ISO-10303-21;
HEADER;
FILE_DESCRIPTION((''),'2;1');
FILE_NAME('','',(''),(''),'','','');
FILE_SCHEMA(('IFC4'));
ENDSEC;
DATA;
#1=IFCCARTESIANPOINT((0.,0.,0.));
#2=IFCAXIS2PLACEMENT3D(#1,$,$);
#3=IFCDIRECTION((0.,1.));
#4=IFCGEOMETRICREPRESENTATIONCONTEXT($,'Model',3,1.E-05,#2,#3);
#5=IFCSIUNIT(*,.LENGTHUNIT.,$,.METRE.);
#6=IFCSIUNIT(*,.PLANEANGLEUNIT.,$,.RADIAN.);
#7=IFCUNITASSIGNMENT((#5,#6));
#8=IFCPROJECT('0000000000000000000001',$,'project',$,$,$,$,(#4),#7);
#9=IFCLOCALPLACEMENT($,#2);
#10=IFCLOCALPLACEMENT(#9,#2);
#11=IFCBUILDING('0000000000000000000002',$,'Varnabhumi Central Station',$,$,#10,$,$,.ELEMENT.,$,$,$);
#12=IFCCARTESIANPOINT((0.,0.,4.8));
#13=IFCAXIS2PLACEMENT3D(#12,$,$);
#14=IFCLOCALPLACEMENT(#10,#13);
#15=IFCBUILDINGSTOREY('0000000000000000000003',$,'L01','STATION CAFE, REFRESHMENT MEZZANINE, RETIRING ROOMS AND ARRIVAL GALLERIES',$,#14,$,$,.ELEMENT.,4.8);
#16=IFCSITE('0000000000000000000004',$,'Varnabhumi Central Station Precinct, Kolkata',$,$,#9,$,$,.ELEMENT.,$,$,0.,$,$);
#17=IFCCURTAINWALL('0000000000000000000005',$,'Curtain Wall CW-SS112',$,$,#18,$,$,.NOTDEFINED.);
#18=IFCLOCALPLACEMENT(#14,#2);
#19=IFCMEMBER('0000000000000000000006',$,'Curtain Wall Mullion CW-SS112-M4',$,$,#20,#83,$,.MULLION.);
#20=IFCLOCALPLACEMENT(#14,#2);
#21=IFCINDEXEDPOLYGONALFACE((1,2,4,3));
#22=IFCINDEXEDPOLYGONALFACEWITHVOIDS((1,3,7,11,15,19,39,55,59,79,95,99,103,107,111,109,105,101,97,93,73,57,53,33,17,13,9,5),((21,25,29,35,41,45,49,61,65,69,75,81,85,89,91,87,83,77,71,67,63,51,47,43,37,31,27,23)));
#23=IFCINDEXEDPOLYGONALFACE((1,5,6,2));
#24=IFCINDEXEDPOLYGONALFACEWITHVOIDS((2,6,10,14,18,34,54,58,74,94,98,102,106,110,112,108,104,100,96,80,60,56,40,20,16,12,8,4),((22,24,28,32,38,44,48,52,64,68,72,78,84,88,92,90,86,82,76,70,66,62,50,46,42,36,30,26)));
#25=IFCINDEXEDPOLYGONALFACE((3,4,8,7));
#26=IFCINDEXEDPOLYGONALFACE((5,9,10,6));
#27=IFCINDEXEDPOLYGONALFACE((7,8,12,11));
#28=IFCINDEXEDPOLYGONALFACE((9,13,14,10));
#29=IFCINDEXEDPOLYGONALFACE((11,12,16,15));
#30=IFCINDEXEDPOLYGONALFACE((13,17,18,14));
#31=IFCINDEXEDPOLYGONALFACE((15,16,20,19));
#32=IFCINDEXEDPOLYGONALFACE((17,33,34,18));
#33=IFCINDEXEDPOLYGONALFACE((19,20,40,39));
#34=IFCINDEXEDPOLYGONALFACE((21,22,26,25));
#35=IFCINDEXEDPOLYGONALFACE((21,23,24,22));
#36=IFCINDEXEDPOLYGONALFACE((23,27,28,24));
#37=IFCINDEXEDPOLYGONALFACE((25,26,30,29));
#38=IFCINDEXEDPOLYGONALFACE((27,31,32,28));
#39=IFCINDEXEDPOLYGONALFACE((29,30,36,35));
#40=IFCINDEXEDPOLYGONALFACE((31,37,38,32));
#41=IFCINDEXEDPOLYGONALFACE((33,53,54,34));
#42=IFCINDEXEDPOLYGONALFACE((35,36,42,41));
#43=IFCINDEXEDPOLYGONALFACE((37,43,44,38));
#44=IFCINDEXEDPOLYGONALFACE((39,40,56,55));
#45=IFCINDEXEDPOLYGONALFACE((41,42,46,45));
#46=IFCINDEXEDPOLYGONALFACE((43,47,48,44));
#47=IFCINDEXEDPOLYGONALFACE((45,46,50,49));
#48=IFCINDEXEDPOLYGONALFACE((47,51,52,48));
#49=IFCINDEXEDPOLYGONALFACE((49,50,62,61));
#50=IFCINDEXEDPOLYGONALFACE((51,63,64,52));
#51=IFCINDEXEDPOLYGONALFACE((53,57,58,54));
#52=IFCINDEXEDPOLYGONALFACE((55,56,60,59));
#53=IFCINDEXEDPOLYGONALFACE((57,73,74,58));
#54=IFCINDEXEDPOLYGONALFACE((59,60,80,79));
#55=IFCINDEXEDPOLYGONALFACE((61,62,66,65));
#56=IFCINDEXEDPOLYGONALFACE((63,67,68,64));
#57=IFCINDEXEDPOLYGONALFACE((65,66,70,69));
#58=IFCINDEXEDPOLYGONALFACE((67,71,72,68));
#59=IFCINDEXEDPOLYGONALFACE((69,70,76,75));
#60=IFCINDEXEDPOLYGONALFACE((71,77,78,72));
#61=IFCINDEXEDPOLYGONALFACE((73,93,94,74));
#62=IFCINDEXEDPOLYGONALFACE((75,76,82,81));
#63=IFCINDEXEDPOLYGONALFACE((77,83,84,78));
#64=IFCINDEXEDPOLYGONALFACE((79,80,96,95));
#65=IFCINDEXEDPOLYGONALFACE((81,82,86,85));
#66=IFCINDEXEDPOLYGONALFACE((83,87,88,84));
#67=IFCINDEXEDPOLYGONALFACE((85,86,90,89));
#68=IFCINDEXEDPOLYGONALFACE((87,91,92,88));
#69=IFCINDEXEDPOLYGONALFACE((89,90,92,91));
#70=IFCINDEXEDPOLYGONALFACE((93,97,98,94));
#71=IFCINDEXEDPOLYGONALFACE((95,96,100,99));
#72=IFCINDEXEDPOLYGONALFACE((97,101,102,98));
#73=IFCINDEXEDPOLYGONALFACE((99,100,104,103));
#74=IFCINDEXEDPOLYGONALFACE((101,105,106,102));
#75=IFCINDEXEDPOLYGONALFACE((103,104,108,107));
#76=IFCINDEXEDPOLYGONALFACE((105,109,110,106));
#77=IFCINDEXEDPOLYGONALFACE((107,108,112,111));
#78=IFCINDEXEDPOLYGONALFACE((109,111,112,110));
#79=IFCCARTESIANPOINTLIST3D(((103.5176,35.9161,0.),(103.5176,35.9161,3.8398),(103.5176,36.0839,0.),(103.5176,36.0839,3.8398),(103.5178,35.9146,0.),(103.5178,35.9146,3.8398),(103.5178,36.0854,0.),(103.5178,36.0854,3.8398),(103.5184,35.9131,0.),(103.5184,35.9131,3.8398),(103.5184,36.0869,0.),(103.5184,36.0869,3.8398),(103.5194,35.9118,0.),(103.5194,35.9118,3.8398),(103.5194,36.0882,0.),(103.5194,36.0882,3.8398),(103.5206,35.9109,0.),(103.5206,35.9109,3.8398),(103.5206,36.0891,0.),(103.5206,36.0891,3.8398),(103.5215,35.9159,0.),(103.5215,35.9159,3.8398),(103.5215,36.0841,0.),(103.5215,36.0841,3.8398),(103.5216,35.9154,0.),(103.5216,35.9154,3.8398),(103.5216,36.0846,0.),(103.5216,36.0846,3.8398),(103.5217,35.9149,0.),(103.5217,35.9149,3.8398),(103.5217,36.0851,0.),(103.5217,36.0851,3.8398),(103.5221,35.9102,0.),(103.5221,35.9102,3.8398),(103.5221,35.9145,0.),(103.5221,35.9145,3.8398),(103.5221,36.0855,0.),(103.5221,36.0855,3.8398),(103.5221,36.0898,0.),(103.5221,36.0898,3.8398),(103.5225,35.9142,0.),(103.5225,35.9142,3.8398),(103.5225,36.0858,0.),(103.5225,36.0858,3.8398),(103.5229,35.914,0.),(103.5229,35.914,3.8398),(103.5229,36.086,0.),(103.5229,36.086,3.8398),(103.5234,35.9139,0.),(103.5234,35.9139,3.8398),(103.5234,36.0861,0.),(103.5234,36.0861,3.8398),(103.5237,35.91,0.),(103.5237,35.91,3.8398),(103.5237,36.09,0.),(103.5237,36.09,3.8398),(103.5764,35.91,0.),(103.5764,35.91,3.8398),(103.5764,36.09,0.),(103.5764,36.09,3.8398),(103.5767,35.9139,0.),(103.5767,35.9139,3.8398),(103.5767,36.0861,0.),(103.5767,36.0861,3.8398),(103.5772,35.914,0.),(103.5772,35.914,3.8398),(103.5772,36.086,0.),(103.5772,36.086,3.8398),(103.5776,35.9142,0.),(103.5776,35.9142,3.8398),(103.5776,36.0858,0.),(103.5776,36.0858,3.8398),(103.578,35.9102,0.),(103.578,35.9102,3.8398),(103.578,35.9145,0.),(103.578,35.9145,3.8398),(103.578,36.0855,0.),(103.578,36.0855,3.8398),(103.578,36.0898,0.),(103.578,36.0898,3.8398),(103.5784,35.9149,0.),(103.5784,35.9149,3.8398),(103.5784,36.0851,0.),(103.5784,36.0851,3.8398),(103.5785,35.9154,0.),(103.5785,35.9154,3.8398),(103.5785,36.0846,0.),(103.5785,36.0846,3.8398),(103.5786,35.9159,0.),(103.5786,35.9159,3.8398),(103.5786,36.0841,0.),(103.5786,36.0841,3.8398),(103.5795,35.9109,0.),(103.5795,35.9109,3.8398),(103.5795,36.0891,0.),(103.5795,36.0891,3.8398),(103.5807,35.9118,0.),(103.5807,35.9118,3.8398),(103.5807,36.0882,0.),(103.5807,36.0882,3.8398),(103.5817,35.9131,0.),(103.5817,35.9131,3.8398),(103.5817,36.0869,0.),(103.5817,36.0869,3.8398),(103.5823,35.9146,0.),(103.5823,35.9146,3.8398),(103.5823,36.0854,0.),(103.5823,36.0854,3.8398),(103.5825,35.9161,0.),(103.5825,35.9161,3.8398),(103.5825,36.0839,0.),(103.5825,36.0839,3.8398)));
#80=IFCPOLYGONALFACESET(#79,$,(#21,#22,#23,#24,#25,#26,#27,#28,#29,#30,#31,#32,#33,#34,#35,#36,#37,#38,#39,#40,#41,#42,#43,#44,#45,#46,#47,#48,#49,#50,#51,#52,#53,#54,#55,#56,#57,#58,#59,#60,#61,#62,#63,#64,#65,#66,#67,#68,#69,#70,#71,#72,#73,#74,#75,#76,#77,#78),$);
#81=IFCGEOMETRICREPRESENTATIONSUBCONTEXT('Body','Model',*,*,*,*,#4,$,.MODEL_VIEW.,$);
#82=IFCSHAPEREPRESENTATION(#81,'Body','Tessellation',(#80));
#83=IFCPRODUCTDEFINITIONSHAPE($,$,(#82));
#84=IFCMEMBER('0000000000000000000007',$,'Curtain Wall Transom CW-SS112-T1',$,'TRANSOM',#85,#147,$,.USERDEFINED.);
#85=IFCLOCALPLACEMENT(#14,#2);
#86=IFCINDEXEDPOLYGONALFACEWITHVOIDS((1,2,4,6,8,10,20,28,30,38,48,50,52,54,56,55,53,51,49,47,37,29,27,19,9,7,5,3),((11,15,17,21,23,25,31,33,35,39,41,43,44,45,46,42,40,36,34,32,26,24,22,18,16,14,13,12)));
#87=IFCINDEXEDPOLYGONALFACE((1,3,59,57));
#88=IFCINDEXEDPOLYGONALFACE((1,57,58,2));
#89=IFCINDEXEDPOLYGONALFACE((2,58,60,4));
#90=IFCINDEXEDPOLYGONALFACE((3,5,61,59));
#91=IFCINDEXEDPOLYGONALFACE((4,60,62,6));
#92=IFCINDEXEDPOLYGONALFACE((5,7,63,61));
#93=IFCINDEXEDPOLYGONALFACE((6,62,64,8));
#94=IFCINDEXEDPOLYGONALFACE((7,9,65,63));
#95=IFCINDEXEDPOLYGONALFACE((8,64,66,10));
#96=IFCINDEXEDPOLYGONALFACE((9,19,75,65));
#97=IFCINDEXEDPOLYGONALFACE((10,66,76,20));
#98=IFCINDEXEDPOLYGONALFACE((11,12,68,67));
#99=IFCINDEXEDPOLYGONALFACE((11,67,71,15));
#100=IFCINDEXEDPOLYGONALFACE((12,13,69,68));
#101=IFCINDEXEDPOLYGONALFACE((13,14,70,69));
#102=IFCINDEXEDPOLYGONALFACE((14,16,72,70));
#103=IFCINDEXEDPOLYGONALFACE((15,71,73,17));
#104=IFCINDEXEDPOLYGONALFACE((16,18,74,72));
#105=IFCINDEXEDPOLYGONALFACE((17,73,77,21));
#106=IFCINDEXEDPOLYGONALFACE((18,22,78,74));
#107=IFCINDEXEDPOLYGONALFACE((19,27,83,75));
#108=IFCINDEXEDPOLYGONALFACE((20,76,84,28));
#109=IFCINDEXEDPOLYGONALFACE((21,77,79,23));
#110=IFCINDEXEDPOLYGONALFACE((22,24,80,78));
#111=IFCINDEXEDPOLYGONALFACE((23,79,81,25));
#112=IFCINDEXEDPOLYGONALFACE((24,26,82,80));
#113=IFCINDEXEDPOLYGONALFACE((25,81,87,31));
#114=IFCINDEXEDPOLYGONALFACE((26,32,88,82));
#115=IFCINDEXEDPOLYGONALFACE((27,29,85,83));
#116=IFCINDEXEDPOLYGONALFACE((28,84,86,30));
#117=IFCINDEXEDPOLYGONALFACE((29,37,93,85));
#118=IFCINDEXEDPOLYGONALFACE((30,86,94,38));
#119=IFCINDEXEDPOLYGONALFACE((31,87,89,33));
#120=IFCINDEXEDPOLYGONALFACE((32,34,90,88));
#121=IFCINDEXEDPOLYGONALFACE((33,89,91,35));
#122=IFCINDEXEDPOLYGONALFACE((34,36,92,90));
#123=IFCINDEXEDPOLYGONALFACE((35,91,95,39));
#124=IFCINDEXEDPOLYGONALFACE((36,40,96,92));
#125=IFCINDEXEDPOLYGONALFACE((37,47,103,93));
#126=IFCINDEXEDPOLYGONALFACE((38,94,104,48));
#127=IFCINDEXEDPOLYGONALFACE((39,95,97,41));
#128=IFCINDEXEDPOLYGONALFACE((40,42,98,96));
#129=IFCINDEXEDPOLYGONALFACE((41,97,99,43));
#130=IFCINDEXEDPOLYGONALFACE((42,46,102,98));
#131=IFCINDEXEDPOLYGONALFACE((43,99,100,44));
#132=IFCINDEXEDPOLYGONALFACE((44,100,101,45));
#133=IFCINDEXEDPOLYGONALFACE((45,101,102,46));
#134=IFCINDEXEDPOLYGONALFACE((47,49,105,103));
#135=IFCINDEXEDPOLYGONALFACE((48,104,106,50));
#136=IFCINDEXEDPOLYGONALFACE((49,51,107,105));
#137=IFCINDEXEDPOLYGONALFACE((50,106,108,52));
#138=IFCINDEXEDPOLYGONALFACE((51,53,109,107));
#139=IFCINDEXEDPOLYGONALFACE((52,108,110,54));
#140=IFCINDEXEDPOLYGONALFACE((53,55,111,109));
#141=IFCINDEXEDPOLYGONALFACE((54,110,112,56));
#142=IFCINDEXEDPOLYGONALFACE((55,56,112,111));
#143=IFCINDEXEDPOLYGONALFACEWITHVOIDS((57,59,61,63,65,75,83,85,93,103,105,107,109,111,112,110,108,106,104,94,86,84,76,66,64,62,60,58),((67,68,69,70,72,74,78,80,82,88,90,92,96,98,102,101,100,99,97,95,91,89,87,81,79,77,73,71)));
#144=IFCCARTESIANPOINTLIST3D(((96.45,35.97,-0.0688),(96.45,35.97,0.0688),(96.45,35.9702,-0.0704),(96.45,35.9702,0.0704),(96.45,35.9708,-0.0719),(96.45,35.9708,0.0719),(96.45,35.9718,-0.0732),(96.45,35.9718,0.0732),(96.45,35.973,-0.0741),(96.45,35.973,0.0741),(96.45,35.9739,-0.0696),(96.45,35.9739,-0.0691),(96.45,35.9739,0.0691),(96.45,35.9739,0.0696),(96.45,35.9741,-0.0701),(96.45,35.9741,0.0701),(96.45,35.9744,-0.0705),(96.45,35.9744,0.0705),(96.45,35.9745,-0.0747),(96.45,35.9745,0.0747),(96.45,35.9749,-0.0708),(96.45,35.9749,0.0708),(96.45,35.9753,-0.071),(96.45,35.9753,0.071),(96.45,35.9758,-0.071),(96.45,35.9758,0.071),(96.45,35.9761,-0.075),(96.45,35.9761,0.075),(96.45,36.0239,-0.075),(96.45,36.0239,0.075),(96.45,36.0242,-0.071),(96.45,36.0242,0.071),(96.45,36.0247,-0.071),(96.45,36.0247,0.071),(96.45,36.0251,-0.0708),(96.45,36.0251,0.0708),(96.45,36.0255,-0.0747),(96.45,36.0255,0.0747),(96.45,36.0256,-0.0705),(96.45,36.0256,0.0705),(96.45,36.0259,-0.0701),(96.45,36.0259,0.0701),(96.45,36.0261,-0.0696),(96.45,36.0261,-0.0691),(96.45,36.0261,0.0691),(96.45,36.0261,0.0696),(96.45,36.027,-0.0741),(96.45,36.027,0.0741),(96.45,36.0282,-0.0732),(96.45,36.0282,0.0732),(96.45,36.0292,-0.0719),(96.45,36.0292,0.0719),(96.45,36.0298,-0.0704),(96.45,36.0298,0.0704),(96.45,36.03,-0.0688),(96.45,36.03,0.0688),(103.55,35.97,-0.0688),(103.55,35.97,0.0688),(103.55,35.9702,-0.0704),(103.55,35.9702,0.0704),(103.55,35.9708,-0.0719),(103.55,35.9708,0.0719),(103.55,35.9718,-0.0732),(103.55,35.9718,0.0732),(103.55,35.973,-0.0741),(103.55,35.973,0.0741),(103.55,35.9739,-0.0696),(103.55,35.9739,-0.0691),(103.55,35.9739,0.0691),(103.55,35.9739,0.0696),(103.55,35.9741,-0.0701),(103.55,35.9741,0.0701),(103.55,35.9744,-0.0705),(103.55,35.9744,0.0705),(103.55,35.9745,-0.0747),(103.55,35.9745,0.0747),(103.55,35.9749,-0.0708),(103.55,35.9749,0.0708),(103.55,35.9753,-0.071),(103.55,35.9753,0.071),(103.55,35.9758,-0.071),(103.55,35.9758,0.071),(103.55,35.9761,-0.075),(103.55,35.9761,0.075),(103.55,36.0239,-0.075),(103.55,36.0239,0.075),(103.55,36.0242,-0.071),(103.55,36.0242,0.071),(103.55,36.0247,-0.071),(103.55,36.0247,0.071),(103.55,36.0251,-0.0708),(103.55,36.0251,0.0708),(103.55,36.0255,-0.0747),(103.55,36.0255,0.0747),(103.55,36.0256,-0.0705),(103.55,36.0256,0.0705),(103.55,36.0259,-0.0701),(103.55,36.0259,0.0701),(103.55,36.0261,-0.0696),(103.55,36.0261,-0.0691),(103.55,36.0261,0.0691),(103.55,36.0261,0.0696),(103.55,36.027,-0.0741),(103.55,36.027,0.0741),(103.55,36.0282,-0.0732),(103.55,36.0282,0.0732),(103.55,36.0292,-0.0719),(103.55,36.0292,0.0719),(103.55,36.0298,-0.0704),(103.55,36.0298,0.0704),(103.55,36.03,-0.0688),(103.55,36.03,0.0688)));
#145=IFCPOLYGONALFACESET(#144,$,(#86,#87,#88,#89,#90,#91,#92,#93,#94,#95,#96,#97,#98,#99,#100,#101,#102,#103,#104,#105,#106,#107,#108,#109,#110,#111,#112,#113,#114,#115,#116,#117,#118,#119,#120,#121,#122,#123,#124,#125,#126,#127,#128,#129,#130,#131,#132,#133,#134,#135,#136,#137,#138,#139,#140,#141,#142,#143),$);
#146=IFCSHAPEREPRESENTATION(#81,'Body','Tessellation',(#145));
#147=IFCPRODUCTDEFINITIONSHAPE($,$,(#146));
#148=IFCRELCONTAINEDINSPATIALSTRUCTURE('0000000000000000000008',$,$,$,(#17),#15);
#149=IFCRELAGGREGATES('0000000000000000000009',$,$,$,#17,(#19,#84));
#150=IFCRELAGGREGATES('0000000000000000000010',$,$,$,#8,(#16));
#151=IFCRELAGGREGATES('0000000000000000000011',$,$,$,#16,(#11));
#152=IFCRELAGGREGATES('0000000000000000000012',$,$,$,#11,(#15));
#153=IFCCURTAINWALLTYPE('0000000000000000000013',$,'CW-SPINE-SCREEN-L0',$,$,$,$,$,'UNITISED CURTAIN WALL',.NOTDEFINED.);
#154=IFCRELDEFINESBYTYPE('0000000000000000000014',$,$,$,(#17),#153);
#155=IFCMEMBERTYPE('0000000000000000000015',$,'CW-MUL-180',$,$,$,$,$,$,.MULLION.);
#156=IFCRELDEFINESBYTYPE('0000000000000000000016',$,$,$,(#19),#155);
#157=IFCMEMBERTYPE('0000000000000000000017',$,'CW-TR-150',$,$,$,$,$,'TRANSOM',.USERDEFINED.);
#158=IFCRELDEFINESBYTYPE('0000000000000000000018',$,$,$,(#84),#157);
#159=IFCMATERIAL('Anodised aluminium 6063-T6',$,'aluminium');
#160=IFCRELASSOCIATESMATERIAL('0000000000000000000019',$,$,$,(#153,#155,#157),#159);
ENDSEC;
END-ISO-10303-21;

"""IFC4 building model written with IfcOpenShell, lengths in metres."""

from ifc_helpers import new_model, si_unit, direction, frame, origin, origin_2d, place, context, subcontext, project, spatial, hollow_rectangle, extrude, material, material_profile, profile_set, type_object, element, aggregate, save


model = new_model("IFC4")

# Units and contexts
model_context = context("Model", 3, precision=1e-05, world=origin(), true_north=direction((0.0, 1.0)))
body_context = subcontext(model_context, "Body", "Model", "MODEL_VIEW")
ifc_project = project(units=[si_unit("LENGTHUNIT", "METRE"), si_unit("PLANEANGLEUNIT", "RADIAN")], contexts=[model_context])

# Site, building, storey
site_placement = place(None, origin())
site = spatial("IfcSite", under=ifc_project, at=site_placement, Name="Varnabhumi Central Station Precinct, Kolkata", CompositionType="ELEMENT", RefElevation=0.0)
building_placement = place(site_placement, origin())
building = spatial("IfcBuilding", under=site, at=building_placement, Name="Varnabhumi Central Station", CompositionType="ELEMENT")
storey_placement = place(building_placement, frame((0.0, 0.0, 4.8)))
storey = spatial("IfcBuildingStorey", under=building, at=storey_placement, Name="L01", Description="STATION CAFE, REFRESHMENT MEZZANINE, RETIRING ROOMS AND ARRIVAL GALLERIES", CompositionType="ELEMENT", Elevation=4.8)

# Curtain wall, members
ifc_material_1 = material(Name="Anodised aluminium 6063-T6", Category="aluminium")
curtain_wall_type = type_object("IfcCurtainWallType", Name="CW-SPINE-SCREEN-L0", ElementType="UNITISED CURTAIN WALL", PredefinedType="NOTDEFINED", material=ifc_material_1)
curtain_wall_placement = place(storey_placement, origin())
curtain_wall = element("IfcCurtainWall", 1, at=curtain_wall_placement, inside=storey, type_object=curtain_wall_type, Name="Curtain Wall CW-SS112", PredefinedType="NOTDEFINED")
ifc_material_profile_1 = material_profile(ifc_material_1, hollow_rectangle(XDim=0.0649, YDim=0.1799, WallThickness=0.0039, InnerFilletRadius=0.002, OuterFilletRadius=0.0061, at=origin_2d()), Name="Anodised aluminium 6063-T6", Category="aluminium")
ifc_profile_set_1 = profile_set([ifc_material_profile_1], Name="Anodised aluminium 6063-T6")
member_type_1 = type_object("IfcMemberType", Name="CW-MUL-180", PredefinedType="MULLION", material=ifc_profile_set_1)
member_1_placement = place(storey_placement, frame((103.55, 36.0, 0.0), z_axis=(0.0, 0.0, 1.0), x_axis=(1.0, 0.0, 0.0)))
member_1 = element("IfcMember", 2, at=member_1_placement, type_object=member_type_1, Name="Curtain Wall Mullion CW-SS112-M4", PredefinedType="MULLION", context=body_context, shape_type="SweptSolid", body=[
    extrude(hollow_rectangle(XDim=0.0649, YDim=0.1799, WallThickness=0.0039, InnerFilletRadius=0.002, OuterFilletRadius=0.0061, at=origin_2d()), origin(), (0.0, 0.0, 1.0), 3.8398),
])
ifc_material_profile_2 = material_profile(ifc_material_1, hollow_rectangle(XDim=0.0601, YDim=0.1499, WallThickness=0.0039, InnerFilletRadius=0.002, OuterFilletRadius=0.0061, at=origin_2d()), Name="Anodised aluminium 6063-T6", Category="aluminium")
ifc_profile_set_2 = profile_set([ifc_material_profile_2], Name="Anodised aluminium 6063-T6")
member_type_2 = type_object("IfcMemberType", Name="CW-TR-150", ElementType="TRANSOM", PredefinedType="USERDEFINED", material=ifc_profile_set_2)
member_2_placement = place(storey_placement, frame((96.45, 36.0, 0.0), z_axis=(1.0, 0.0, 0.0), x_axis=(0.0, 1.0, 0.0)))
member_2 = element("IfcMember", 3, at=member_2_placement, type_object=member_type_2, Name="Curtain Wall Transom CW-SS112-T1", ObjectType="TRANSOM", PredefinedType="USERDEFINED", context=body_context, shape_type="SweptSolid", body=[
    extrude(hollow_rectangle(XDim=0.0601, YDim=0.1499, WallThickness=0.0039, InnerFilletRadius=0.002, OuterFilletRadius=0.0061, at=origin_2d()), origin(), (0.0, 0.0, 1.0), 7.1001),
])
aggregate(curtain_wall, [member_1, member_2])

save(model, "model.ifc")
